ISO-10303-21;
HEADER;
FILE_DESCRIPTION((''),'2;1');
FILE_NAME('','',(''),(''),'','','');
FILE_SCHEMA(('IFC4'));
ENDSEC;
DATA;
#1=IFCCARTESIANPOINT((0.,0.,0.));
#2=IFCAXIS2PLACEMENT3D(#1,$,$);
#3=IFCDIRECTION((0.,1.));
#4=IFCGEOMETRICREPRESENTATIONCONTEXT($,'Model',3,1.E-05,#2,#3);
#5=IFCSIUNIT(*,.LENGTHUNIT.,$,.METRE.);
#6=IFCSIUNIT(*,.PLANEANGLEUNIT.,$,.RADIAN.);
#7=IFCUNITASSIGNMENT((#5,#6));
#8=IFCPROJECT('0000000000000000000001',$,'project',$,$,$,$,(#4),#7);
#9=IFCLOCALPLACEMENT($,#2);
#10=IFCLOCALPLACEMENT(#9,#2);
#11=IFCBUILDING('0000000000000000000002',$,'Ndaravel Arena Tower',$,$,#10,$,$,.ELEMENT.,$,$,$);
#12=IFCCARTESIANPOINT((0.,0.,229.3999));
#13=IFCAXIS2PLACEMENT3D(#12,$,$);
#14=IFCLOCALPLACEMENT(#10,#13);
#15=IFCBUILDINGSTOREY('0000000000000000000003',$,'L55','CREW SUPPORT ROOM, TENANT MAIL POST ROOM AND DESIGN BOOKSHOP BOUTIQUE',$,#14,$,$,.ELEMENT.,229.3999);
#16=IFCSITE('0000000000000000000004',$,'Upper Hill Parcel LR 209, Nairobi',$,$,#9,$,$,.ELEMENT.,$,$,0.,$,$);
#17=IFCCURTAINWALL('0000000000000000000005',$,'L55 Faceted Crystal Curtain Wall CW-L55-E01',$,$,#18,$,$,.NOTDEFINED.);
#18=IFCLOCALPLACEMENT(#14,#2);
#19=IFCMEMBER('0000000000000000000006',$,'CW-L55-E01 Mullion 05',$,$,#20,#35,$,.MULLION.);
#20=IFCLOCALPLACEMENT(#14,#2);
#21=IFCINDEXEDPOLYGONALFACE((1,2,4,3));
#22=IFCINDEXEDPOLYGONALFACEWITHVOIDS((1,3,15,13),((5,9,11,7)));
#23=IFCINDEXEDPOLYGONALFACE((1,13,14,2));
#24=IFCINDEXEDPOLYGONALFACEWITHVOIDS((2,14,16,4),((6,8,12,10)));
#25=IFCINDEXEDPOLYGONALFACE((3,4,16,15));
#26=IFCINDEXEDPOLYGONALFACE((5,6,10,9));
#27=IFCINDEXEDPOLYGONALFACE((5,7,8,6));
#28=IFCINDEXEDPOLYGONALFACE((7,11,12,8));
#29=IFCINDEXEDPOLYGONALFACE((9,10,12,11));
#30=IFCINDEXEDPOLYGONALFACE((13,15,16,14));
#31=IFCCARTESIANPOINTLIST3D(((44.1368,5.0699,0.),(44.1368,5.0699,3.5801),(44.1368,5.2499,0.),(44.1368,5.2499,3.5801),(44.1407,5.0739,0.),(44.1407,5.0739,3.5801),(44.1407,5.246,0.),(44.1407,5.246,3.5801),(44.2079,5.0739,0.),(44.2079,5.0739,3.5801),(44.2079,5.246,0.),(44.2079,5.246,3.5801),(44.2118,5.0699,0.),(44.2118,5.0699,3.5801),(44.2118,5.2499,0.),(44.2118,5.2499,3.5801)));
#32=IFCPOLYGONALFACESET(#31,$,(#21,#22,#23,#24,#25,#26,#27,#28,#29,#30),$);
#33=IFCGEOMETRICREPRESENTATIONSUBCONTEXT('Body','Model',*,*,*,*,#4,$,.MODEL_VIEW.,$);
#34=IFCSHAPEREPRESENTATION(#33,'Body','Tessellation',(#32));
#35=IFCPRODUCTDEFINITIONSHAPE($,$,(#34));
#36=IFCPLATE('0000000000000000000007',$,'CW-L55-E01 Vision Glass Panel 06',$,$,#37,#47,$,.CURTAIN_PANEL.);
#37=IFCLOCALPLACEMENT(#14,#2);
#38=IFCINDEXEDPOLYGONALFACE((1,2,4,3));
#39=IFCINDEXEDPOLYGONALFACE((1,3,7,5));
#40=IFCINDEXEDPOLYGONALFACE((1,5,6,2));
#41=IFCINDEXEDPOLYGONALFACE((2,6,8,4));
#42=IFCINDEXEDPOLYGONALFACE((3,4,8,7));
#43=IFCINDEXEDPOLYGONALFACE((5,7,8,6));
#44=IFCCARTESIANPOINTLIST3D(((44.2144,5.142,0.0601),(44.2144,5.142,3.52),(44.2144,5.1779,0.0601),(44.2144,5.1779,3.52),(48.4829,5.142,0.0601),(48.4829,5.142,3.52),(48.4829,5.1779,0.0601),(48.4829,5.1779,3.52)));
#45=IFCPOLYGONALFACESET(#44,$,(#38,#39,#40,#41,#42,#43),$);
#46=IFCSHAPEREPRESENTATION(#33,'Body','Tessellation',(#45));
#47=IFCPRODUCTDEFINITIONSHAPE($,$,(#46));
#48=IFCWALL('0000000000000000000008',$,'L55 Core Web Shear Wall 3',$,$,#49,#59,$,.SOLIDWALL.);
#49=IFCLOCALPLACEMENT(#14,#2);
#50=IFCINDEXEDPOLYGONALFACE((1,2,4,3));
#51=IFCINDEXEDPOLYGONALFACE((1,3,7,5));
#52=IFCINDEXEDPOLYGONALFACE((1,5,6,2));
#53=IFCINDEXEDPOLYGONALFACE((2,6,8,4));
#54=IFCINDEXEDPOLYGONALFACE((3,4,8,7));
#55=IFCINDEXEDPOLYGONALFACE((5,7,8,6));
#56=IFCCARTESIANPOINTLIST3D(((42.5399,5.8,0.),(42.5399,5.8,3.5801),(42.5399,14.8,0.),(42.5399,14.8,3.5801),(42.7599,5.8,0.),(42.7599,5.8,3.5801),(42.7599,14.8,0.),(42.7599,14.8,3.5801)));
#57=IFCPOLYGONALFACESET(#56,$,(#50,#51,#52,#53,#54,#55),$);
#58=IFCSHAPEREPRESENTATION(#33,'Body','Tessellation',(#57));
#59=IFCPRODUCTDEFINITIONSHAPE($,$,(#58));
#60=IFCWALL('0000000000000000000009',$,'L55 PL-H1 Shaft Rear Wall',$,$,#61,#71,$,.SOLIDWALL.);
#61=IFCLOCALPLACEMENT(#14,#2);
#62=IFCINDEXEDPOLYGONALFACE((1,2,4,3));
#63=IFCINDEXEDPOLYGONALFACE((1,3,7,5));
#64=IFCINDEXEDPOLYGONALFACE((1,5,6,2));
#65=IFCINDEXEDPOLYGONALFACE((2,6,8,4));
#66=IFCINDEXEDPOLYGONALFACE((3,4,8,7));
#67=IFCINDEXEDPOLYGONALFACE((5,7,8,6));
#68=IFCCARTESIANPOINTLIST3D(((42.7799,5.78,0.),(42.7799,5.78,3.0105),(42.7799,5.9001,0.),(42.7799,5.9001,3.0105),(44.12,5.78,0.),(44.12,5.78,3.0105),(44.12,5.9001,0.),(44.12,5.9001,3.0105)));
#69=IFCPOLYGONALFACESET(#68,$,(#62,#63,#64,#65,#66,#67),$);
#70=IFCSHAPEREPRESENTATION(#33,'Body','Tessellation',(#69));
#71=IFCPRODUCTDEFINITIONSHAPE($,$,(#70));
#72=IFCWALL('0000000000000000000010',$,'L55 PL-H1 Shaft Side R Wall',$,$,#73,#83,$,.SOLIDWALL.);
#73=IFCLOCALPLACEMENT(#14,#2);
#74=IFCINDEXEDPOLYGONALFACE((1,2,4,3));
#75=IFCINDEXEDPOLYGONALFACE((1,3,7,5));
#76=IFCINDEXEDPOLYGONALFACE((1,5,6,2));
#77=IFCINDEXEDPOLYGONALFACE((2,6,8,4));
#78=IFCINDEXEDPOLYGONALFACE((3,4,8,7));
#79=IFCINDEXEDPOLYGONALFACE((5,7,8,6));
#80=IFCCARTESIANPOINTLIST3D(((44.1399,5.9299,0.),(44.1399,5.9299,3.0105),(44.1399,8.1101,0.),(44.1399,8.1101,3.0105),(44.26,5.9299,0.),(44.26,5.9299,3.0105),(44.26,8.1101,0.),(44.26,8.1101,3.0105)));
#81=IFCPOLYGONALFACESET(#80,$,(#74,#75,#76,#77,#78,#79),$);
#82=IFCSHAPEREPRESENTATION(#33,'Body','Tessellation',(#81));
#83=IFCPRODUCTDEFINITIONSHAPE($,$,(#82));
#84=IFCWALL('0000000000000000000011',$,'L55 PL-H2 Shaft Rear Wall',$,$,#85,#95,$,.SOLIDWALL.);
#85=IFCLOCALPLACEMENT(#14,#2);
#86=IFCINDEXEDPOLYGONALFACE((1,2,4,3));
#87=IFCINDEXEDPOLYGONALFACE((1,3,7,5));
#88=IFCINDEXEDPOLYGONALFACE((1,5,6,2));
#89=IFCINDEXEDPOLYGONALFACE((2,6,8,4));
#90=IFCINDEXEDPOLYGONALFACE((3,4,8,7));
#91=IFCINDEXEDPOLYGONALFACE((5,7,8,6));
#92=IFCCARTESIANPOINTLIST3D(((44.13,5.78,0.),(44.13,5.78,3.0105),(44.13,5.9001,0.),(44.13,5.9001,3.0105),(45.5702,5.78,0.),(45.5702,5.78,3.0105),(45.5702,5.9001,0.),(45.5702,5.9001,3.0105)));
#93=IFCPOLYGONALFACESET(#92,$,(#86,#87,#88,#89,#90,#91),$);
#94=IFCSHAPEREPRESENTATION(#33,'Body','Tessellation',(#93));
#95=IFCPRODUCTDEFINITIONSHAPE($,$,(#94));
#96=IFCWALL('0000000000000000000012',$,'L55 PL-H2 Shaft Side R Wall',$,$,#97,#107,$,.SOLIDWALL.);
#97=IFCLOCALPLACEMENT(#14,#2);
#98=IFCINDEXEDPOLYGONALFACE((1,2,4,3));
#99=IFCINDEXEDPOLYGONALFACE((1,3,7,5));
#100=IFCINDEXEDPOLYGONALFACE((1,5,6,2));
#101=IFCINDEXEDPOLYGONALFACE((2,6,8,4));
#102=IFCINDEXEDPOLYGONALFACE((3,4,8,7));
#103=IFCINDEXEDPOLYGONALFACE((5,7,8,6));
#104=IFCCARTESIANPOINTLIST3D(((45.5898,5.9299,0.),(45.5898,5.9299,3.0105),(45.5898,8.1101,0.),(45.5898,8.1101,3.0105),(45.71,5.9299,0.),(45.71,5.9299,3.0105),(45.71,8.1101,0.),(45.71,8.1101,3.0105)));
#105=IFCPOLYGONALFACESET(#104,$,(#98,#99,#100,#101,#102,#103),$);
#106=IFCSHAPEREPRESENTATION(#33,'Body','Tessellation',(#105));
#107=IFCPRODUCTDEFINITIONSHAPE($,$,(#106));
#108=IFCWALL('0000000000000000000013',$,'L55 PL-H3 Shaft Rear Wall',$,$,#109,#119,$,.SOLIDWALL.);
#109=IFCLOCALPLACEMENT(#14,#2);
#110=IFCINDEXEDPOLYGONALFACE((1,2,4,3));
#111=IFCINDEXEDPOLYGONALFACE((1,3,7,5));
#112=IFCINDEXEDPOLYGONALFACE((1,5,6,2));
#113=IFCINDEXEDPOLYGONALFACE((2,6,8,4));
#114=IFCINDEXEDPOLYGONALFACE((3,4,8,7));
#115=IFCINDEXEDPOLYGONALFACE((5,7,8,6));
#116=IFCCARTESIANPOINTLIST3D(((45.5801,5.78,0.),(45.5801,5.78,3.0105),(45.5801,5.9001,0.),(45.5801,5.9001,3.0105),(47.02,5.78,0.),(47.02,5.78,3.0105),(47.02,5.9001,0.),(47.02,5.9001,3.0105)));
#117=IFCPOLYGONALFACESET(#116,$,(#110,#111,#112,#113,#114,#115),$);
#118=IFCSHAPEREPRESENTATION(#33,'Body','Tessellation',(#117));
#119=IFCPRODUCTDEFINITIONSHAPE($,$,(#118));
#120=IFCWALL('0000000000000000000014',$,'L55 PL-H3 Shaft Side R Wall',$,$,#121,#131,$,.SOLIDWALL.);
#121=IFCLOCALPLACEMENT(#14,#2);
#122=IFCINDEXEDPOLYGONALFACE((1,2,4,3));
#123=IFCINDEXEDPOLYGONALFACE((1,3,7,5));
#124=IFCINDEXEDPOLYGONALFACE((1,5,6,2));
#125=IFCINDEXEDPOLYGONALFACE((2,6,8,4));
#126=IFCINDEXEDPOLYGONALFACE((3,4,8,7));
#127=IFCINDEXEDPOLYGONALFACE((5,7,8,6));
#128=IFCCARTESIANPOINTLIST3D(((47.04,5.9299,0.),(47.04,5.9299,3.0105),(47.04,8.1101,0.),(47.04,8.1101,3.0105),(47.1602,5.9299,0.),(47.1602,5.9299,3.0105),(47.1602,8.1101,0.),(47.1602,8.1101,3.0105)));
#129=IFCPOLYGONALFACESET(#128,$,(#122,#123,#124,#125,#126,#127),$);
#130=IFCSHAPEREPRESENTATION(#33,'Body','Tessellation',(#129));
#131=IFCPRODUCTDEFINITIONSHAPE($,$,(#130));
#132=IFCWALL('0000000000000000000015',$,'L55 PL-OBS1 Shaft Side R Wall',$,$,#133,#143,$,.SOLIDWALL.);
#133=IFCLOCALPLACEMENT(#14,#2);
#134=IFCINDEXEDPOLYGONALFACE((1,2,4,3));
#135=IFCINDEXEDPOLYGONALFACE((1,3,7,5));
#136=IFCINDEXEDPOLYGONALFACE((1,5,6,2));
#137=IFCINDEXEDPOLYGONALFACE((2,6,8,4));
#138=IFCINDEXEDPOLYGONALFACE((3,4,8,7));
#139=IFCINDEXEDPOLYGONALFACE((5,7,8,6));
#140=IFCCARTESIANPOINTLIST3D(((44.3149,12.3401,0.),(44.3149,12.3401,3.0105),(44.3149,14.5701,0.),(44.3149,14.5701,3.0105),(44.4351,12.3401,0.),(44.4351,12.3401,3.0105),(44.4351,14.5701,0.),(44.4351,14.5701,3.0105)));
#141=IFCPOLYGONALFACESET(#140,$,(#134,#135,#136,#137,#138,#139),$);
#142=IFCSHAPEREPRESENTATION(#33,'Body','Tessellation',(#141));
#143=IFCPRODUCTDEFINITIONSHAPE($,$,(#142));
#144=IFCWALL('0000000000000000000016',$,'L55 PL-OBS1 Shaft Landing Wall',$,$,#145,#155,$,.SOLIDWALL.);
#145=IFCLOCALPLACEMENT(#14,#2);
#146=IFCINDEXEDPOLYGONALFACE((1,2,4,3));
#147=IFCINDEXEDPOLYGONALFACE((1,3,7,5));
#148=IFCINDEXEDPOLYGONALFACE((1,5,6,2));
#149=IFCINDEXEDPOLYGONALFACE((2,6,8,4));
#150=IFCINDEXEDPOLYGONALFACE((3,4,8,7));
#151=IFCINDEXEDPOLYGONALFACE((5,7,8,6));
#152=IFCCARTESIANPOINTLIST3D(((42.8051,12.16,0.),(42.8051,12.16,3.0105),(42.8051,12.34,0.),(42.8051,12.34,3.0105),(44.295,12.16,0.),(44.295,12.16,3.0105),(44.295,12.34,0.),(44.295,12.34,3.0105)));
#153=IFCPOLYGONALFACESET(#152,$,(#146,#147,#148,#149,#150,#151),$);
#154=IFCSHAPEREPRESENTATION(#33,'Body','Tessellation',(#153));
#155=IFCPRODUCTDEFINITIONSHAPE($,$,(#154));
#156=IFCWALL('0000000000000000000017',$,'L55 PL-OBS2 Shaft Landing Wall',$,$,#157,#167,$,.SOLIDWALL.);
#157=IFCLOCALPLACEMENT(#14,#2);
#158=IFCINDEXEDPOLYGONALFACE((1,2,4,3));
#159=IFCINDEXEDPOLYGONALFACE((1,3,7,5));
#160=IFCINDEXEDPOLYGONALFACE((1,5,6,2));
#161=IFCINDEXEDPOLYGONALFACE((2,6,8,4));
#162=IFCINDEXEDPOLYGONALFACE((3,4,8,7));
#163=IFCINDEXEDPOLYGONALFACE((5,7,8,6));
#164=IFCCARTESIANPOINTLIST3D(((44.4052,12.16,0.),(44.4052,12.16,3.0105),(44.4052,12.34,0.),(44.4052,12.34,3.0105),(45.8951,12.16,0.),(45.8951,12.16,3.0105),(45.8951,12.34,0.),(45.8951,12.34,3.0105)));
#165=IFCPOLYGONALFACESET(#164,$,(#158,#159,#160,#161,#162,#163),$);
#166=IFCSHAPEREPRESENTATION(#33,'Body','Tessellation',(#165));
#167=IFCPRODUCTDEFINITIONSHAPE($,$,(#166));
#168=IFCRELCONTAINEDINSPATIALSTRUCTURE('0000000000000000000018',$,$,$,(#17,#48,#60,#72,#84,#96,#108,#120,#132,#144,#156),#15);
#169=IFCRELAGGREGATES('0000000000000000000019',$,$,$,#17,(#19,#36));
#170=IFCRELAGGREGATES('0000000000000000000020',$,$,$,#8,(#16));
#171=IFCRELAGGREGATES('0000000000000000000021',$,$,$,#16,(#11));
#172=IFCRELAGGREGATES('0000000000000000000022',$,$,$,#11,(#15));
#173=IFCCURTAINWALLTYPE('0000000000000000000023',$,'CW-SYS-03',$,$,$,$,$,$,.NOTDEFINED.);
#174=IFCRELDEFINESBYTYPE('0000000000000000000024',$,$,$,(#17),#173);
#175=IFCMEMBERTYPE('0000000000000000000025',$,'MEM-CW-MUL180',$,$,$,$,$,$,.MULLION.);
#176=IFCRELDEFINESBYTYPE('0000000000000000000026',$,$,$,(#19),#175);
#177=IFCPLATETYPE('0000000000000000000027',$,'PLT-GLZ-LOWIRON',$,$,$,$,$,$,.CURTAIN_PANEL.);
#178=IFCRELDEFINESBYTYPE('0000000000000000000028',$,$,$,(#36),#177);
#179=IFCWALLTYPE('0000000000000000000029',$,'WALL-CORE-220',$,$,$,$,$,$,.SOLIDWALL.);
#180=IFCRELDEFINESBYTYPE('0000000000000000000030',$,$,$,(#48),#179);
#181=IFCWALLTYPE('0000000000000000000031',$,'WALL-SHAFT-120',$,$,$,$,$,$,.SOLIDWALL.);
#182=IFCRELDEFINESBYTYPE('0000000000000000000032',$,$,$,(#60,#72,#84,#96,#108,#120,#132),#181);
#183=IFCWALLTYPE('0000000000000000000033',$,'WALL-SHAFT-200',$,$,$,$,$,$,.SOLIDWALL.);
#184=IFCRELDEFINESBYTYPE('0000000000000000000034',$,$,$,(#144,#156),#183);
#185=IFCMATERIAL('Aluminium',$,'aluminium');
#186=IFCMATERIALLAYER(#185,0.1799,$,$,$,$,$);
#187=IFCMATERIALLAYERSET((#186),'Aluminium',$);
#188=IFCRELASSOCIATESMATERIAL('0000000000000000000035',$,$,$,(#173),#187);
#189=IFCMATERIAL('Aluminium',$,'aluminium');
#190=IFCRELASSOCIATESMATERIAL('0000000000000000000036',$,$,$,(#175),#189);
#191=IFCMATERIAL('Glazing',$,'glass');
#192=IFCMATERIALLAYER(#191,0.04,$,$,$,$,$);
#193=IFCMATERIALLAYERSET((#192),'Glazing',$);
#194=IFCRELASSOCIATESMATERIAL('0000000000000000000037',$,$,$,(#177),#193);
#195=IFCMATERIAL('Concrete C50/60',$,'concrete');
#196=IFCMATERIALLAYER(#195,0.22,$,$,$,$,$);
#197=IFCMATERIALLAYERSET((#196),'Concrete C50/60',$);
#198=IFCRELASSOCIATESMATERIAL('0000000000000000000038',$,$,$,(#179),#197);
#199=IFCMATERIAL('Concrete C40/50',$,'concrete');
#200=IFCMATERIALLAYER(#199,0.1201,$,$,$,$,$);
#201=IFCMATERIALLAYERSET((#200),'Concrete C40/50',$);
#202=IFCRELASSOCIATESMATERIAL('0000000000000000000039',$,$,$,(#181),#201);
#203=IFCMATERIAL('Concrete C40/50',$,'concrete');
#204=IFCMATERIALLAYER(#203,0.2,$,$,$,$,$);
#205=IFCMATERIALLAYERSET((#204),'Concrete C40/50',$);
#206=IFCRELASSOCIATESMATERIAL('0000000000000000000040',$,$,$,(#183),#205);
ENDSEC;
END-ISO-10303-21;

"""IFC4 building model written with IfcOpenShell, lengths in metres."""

from ifc_helpers import new_model, si_unit, direction, frame, frame_2d, origin, origin_2d, place, context, subcontext, project, spatial, rectangle, hollow_rectangle, extrude, material, layer, layer_set, material_profile, profile_set, type_object, element, aggregate, save


model = new_model("IFC4")

# Units and contexts
model_context = context("Model", 3, precision=1e-05, world=origin(), true_north=direction((0.0, 1.0)))
body_context = subcontext(model_context, "Body", "Model", "MODEL_VIEW")
ifc_project = project(units=[si_unit("LENGTHUNIT", "METRE"), si_unit("PLANEANGLEUNIT", "RADIAN")], contexts=[model_context])

# Site, building, storey
site_placement = place(None, origin())
site = spatial("IfcSite", under=ifc_project, at=site_placement, Name="Upper Hill Parcel LR 209, Nairobi", CompositionType="ELEMENT", RefElevation=0.0)
building_placement = place(site_placement, origin())
building = spatial("IfcBuilding", under=site, at=building_placement, Name="Ndaravel Arena Tower", CompositionType="ELEMENT")
storey_placement = place(building_placement, frame((0.0, 0.0, 229.3999)))
storey = spatial("IfcBuildingStorey", under=building, at=storey_placement, Name="L55", Description="CREW SUPPORT ROOM, TENANT MAIL POST ROOM AND DESIGN BOOKSHOP BOUTIQUE", CompositionType="ELEMENT", Elevation=229.3999)

# Curtain wall, member, plate
ifc_material_1 = material(Name="Aluminium", Category="aluminium")
ifc_layer_1 = layer(ifc_material_1, 0.1799)
ifc_layer_set_1 = layer_set([ifc_layer_1], Name="Aluminium")
curtain_wall_type = type_object("IfcCurtainWallType", Name="CW-SYS-03", PredefinedType="NOTDEFINED", material=ifc_layer_set_1)
curtain_wall_placement = place(storey_placement, origin())
curtain_wall = element("IfcCurtainWall", 1, at=curtain_wall_placement, inside=storey, type_object=curtain_wall_type, Name="L55 Faceted Crystal Curtain Wall CW-L55-E01", PredefinedType="NOTDEFINED")
ifc_material_2 = material(Name="Aluminium", Category="aluminium")
ifc_material_profile = material_profile(ifc_material_2, hollow_rectangle(XDim=0.075, YDim=0.1799, WallThickness=0.0039, at=origin_2d()), Name="CW MULLION 75x180x4")
ifc_profile_set = profile_set([ifc_material_profile], Name="Aluminium")
member_type = type_object("IfcMemberType", Name="MEM-CW-MUL180", PredefinedType="MULLION", material=ifc_profile_set)
member_placement = place(storey_placement, frame((44.1743, 5.1599, 0.0), z_axis=(0.0, 0.0, 1.0), x_axis=(1.0, 0.0, 0.0)))
member = element("IfcMember", 2, at=member_placement, type_object=member_type, Name="CW-L55-E01 Mullion 05", PredefinedType="MULLION", context=body_context, shape_type="SweptSolid", body=[
    extrude(hollow_rectangle(XDim=0.075, YDim=0.1799, WallThickness=0.0039, at=origin_2d()), origin(), (0.0, 0.0, 1.0), 3.5801),
])
ifc_material_3 = material(Name="Glazing", Category="glass")
ifc_layer_2 = layer(ifc_material_3, 0.04)
ifc_layer_set_2 = layer_set([ifc_layer_2], Name="Glazing")
plate_type = type_object("IfcPlateType", Name="PLT-GLZ-LOWIRON", PredefinedType="CURTAIN_PANEL", material=ifc_layer_set_2)
plate_placement = place(storey_placement, frame((46.3486, 5.1599, 0.0601), z_axis=(0.0, 0.0, 1.0), x_axis=(1.0, 0.0, 0.0)))
plate = element("IfcPlate", 3, at=plate_placement, type_object=plate_type, Name="CW-L55-E01 Vision Glass Panel 06", PredefinedType="CURTAIN_PANEL", context=body_context, shape_type="SweptSolid", body=[
    extrude(rectangle(XDim=4.2686, YDim=0.0359, at=origin_2d()), origin(), (0.0, 0.0, 1.0), 3.46),
])
aggregate(curtain_wall, [member, plate])

# Walls
ifc_material_4 = material(Name="Concrete C50/60", Category="concrete")
ifc_layer_3 = layer(ifc_material_4, 0.22)
ifc_layer_set_3 = layer_set([ifc_layer_3], Name="Concrete C50/60")
wall_type_1 = type_object("IfcWallType", Name="WALL-CORE-220", PredefinedType="SOLIDWALL", material=ifc_layer_set_3)
wall_1_placement = place(storey_placement, frame((42.6499, 5.8, 0.0), z_axis=(0.0, 0.0, 1.0), x_axis=(0.0, 1.0, 0.0)))
element("IfcWall", 4, at=wall_1_placement, inside=storey, type_object=wall_type_1, Name="L55 Core Web Shear Wall 3", PredefinedType="SOLIDWALL", context=body_context, shape_type="SweptSolid", body=[
    extrude(rectangle(XDim=9.0, YDim=0.22, at=frame_2d((4.5, 0.0))), origin(), (0.0, 0.0, 1.0), 3.5801),
])
ifc_material_5 = material(Name="Concrete C40/50", Category="concrete")
ifc_layer_4 = layer(ifc_material_5, 0.1201)
ifc_layer_set_4 = layer_set([ifc_layer_4], Name="Concrete C40/50")
wall_type_2 = type_object("IfcWallType", Name="WALL-SHAFT-120", PredefinedType="SOLIDWALL", material=ifc_layer_set_4)
wall_2_placement = place(storey_placement, frame((42.78, 5.8401, 0.0), z_axis=(0.0, 0.0, 1.0), x_axis=(1.0, 0.0, 0.0)))
element("IfcWall", 5, at=wall_2_placement, inside=storey, type_object=wall_type_2, Name="L55 PL-H1 Shaft Rear Wall", PredefinedType="SOLIDWALL", context=body_context, shape_type="SweptSolid", body=[
    extrude(rectangle(XDim=1.3401, YDim=0.1201, at=frame_2d((0.6699, 0.0))), origin(), (0.0, 0.0, 1.0), 3.0105),
])
wall_3_placement = place(storey_placement, frame((44.2, 5.9299, 0.0), z_axis=(0.0, 0.0, 1.0), x_axis=(0.0, 1.0, 0.0)))
element("IfcWall", 6, at=wall_3_placement, inside=storey, type_object=wall_type_2, Name="L55 PL-H1 Shaft Side R Wall", PredefinedType="SOLIDWALL", context=body_context, shape_type="SweptSolid", body=[
    extrude(rectangle(XDim=2.1802, YDim=0.1201, at=frame_2d((1.0901, 0.0))), origin(), (0.0, 0.0, 1.0), 3.0105),
])
wall_4_placement = place(storey_placement, frame((44.1299, 5.8401, 0.0), z_axis=(0.0, 0.0, 1.0), x_axis=(1.0, 0.0, 0.0)))
element("IfcWall", 7, at=wall_4_placement, inside=storey, type_object=wall_type_2, Name="L55 PL-H2 Shaft Rear Wall", PredefinedType="SOLIDWALL", context=body_context, shape_type="SweptSolid", body=[
    extrude(rectangle(XDim=1.4402, YDim=0.1201, at=frame_2d((0.7202, 0.0))), origin(), (0.0, 0.0, 1.0), 3.0105),
])
wall_5_placement = place(storey_placement, frame((45.6499, 5.9299, 0.0), z_axis=(0.0, 0.0, 1.0), x_axis=(0.0, 1.0, 0.0)))
element("IfcWall", 8, at=wall_5_placement, inside=storey, type_object=wall_type_2, Name="L55 PL-H2 Shaft Side R Wall", PredefinedType="SOLIDWALL", context=body_context, shape_type="SweptSolid", body=[
    extrude(rectangle(XDim=2.1802, YDim=0.1201, at=frame_2d((1.0901, 0.0))), origin(), (0.0, 0.0, 1.0), 3.0105),
])
wall_6_placement = place(storey_placement, frame((45.5801, 5.8401, 0.0), z_axis=(0.0, 0.0, 1.0), x_axis=(1.0, 0.0, 0.0)))
element("IfcWall", 9, at=wall_6_placement, inside=storey, type_object=wall_type_2, Name="L55 PL-H3 Shaft Rear Wall", PredefinedType="SOLIDWALL", context=body_context, shape_type="SweptSolid", body=[
    extrude(rectangle(XDim=1.4399, YDim=0.1201, at=frame_2d((0.72, 0.0))), origin(), (0.0, 0.0, 1.0), 3.0105),
])
wall_7_placement = place(storey_placement, frame((47.1001, 5.9299, 0.0), z_axis=(0.0, 0.0, 1.0), x_axis=(0.0, 1.0, 0.0)))
element("IfcWall", 10, at=wall_7_placement, inside=storey, type_object=wall_type_2, Name="L55 PL-H3 Shaft Side R Wall", PredefinedType="SOLIDWALL", context=body_context, shape_type="SweptSolid", body=[
    extrude(rectangle(XDim=2.1802, YDim=0.1201, at=frame_2d((1.0901, 0.0))), origin(), (0.0, 0.0, 1.0), 3.0105),
])
wall_8_placement = place(storey_placement, frame((44.375, 12.3401, 0.0), z_axis=(0.0, 0.0, 1.0), x_axis=(0.0, 1.0, 0.0)))
element("IfcWall", 11, at=wall_8_placement, inside=storey, type_object=wall_type_2, Name="L55 PL-OBS1 Shaft Side R Wall", PredefinedType="SOLIDWALL", context=body_context, shape_type="SweptSolid", body=[
    extrude(rectangle(XDim=2.23, YDim=0.1201, at=frame_2d((1.115, 0.0))), origin(), (0.0, 0.0, 1.0), 3.0105),
])

# Shared definitions
ifc_material_6 = material(Name="Concrete C40/50", Category="concrete")
ifc_layer_5 = layer(ifc_material_6, 0.2)
ifc_layer_set_5 = layer_set([ifc_layer_5], Name="Concrete C40/50")
wall_type_3 = type_object("IfcWallType", Name="WALL-SHAFT-200", PredefinedType="SOLIDWALL", material=ifc_layer_set_5)

# Walls
for number, where, z_axis, x_axis, name in (
    (12, (42.8049, 12.25, 0.0), (0.0, 0.0, 1.0), (1.0, 0.0, 0.0), "L55 PL-OBS1 Shaft Landing Wall"),
    (13, (44.405, 12.25, 0.0), (0.0, 0.0, 1.0), (1.0, 0.0, 0.0), "L55 PL-OBS2 Shaft Landing Wall"),
):
    element("IfcWall", number, at=place(storey_placement, frame(where, z_axis=z_axis, x_axis=x_axis)), inside=storey, type_object=wall_type_3, Name=name, PredefinedType="SOLIDWALL", context=body_context, shape_type="SweptSolid", body=[
        extrude(rectangle(XDim=1.49, YDim=0.1799, at=frame_2d((0.7451, 0.0))), origin(), (0.0, 0.0, 1.0), 3.0105),
    ])

save(model, "model.ifc")
